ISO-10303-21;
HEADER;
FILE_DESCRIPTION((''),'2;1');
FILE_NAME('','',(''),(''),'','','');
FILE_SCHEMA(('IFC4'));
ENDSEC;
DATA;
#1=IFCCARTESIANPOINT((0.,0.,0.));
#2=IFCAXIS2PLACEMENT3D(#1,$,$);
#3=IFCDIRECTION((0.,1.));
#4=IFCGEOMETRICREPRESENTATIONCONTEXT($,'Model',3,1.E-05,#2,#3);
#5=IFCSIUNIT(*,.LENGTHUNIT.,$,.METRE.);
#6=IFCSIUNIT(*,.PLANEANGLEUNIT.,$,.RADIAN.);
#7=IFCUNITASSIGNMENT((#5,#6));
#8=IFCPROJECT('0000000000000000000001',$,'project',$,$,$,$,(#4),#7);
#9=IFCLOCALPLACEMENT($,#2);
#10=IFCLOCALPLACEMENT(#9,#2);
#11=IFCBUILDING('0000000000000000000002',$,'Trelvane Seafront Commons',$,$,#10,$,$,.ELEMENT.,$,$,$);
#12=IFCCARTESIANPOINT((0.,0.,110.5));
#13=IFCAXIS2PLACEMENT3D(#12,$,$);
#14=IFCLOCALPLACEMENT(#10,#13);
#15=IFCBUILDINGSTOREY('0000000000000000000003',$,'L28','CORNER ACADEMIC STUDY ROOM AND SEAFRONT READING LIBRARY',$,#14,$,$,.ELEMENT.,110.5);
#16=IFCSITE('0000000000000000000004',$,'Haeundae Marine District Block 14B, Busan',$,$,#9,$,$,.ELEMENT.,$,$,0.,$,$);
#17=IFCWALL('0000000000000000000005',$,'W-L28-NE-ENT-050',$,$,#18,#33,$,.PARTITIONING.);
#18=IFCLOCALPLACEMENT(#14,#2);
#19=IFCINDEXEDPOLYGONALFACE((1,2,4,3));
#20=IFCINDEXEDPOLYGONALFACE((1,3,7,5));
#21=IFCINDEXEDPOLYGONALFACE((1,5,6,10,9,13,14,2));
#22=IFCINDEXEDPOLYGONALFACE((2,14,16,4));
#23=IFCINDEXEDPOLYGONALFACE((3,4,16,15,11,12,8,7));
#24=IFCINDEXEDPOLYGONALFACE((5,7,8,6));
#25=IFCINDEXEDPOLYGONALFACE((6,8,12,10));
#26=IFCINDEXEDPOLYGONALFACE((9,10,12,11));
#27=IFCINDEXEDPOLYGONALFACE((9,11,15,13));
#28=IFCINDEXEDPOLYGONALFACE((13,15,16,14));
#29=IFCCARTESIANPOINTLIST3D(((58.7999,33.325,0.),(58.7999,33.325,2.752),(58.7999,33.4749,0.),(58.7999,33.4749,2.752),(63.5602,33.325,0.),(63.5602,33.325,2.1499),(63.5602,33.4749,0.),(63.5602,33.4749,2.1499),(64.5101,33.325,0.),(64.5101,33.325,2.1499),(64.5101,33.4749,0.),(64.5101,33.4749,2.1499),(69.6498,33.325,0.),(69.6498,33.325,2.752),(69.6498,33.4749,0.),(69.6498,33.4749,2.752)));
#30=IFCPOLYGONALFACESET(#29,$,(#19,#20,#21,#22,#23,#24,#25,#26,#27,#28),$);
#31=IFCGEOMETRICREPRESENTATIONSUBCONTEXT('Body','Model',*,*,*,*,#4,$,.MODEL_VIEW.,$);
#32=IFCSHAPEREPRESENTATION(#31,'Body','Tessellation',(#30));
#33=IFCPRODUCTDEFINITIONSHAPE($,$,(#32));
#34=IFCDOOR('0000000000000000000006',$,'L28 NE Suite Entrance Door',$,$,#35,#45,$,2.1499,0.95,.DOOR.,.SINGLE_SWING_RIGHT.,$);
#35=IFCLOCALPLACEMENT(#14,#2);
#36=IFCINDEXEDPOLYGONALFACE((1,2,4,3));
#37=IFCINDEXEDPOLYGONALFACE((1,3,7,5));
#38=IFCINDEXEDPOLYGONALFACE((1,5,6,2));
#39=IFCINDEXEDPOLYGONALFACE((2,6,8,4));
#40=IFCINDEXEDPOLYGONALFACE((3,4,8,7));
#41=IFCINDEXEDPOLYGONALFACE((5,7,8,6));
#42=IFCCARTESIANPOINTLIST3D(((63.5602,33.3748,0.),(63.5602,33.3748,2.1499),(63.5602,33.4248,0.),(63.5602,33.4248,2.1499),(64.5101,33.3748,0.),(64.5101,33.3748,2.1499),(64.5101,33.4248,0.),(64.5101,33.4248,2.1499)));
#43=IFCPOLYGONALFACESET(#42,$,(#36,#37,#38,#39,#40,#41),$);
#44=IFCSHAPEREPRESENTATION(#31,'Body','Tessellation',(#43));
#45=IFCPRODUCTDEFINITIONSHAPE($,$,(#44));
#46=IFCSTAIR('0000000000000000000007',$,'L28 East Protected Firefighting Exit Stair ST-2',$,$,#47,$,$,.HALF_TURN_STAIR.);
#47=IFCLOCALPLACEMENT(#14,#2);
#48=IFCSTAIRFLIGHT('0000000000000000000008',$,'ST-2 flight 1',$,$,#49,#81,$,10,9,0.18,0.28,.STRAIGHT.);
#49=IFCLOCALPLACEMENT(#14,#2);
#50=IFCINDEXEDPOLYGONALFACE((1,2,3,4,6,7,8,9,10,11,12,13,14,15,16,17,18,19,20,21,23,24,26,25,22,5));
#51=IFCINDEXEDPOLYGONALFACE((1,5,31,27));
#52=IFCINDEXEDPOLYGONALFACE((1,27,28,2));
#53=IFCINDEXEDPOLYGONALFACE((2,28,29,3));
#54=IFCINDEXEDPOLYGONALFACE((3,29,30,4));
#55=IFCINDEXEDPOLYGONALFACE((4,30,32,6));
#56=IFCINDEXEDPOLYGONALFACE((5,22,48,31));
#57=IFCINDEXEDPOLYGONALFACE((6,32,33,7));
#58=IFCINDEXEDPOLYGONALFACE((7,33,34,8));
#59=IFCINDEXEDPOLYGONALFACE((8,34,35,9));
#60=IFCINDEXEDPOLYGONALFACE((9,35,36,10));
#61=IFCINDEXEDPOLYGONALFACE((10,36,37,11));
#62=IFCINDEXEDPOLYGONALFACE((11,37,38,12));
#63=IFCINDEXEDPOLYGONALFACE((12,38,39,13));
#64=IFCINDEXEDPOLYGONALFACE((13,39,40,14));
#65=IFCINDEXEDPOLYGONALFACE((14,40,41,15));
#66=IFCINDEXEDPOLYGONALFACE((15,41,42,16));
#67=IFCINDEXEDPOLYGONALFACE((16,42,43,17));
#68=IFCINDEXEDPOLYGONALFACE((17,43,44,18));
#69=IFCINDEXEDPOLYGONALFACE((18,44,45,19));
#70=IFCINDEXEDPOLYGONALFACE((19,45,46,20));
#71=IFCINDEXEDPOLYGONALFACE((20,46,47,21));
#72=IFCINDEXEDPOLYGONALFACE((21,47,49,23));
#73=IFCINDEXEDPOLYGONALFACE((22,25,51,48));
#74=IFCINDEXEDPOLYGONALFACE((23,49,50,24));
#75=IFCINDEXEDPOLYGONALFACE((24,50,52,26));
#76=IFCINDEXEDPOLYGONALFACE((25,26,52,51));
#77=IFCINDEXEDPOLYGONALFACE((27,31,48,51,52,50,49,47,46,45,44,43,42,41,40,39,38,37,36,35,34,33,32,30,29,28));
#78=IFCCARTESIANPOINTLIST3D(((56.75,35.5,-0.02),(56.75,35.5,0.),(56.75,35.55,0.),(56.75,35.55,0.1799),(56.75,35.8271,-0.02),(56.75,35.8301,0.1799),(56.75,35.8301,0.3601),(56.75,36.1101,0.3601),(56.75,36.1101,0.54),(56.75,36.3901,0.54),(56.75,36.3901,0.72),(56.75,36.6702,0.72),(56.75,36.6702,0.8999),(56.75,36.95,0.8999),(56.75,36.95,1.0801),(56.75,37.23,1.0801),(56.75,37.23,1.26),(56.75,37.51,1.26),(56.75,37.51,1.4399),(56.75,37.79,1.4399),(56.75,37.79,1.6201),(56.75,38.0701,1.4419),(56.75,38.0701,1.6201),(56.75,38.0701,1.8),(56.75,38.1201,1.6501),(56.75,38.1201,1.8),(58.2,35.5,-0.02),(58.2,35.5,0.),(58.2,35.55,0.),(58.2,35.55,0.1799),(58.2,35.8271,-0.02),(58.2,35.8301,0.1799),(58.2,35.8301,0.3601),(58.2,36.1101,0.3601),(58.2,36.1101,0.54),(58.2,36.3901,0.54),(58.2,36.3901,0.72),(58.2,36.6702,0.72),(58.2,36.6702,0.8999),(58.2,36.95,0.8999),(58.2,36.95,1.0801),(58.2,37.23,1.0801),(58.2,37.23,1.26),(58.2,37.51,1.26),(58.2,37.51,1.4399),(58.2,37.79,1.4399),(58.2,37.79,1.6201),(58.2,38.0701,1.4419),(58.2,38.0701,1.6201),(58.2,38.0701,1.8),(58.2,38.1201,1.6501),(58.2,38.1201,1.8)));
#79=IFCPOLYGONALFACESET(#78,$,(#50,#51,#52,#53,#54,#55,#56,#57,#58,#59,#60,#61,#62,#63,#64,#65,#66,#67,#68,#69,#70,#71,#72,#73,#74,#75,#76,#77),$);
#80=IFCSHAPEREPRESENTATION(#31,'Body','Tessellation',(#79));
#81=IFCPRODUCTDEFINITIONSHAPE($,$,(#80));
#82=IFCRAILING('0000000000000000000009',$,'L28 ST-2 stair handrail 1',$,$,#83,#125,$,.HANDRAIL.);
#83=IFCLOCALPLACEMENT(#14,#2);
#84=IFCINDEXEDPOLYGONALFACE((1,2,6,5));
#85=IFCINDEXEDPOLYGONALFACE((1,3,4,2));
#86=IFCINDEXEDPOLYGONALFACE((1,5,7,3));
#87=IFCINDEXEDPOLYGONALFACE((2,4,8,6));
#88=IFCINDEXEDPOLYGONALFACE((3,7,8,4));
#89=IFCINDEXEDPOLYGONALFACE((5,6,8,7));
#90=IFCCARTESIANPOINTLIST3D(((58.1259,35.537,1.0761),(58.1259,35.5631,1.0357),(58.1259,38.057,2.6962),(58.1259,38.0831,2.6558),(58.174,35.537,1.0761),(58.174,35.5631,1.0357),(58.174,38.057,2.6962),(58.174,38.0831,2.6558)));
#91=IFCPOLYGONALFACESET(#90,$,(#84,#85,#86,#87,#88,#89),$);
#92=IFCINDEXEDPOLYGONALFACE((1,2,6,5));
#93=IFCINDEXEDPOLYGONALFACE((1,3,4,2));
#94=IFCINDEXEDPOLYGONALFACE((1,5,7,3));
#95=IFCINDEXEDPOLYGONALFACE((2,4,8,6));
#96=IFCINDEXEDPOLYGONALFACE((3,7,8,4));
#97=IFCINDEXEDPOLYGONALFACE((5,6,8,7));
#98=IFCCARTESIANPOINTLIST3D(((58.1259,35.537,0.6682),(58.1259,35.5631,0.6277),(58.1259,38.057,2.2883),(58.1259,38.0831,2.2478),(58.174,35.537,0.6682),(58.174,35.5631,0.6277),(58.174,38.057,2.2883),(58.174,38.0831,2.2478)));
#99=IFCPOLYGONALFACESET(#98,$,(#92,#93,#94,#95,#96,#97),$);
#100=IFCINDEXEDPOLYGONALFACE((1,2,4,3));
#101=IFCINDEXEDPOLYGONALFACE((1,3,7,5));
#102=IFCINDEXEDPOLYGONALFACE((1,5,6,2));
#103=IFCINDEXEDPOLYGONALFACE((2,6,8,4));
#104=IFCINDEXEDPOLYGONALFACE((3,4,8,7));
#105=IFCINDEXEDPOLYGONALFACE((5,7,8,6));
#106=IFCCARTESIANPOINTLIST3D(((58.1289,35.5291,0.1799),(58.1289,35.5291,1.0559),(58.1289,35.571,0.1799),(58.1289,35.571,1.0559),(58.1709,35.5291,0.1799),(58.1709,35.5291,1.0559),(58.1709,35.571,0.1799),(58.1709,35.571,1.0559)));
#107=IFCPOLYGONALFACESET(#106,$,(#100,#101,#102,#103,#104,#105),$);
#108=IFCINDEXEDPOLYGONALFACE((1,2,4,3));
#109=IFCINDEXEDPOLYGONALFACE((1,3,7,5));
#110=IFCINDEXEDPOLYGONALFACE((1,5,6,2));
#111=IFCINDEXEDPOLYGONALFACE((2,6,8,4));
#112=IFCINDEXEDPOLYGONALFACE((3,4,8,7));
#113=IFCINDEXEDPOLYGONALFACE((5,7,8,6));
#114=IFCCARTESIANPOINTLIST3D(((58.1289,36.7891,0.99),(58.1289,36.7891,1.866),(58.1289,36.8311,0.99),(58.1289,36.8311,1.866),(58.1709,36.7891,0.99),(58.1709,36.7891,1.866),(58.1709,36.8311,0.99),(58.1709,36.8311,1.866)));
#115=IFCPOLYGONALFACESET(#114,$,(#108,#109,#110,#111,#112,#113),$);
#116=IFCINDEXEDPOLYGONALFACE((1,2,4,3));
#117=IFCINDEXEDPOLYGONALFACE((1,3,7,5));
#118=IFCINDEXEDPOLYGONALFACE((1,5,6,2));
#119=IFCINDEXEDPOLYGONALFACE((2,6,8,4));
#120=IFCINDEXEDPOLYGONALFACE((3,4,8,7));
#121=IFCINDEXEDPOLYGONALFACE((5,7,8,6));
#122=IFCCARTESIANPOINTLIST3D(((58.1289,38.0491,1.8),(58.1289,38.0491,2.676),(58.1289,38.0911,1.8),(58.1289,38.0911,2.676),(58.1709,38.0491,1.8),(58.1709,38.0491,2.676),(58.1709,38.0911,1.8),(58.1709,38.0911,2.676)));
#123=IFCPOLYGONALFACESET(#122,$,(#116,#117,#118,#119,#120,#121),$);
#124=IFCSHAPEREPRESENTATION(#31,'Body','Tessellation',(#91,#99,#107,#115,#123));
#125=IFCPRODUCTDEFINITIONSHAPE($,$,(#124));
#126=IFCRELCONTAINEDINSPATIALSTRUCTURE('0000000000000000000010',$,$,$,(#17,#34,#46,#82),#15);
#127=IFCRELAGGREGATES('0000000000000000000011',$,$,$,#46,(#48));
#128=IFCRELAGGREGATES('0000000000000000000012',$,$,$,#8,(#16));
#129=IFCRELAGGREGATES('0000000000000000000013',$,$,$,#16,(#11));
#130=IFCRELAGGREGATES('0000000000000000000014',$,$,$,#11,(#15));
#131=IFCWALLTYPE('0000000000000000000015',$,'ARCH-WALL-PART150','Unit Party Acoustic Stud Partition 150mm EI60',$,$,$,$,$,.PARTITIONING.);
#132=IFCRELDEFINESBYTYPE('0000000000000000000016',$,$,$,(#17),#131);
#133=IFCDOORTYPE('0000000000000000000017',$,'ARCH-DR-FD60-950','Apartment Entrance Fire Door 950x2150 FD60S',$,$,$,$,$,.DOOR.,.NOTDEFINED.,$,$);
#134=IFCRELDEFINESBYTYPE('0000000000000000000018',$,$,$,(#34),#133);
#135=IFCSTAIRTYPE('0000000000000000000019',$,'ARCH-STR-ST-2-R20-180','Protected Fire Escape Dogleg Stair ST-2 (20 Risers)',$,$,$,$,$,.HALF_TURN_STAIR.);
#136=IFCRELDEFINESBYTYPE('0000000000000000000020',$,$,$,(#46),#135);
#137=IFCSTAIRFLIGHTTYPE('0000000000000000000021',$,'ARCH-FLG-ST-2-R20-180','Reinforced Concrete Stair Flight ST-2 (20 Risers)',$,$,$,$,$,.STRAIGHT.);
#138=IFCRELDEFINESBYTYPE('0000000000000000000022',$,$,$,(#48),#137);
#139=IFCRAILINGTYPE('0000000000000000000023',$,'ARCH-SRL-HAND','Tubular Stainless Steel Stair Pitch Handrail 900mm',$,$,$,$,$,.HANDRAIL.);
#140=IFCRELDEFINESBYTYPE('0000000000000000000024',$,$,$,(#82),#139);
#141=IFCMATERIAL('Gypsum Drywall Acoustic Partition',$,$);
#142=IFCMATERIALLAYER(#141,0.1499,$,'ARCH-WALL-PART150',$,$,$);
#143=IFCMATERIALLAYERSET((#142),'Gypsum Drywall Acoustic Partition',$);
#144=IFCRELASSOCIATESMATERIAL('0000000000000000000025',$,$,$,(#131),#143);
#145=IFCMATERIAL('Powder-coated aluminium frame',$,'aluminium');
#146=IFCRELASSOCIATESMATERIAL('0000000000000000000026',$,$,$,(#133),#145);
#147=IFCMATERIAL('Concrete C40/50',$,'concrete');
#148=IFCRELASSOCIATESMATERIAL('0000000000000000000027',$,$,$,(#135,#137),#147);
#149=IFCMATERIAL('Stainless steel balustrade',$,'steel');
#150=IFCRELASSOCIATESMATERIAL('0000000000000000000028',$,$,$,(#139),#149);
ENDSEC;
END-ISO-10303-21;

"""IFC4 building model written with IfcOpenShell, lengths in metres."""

from ifc_helpers import new_model, si_unit, direction, frame, frame_2d, origin, origin_2d, place, context, subcontext, project, spatial, polyline, rectangle, outline, extrude, source, transform, mapped, material, layer, layer_set, type_object, element, fill, aggregate, save


model = new_model("IFC4")

# Units and contexts
model_context = context("Model", 3, precision=1e-05, world=origin(), true_north=direction((0.0, 1.0)))
body_context = subcontext(model_context, "Body", "Model", "MODEL_VIEW")
ifc_project = project(units=[si_unit("LENGTHUNIT", "METRE"), si_unit("PLANEANGLEUNIT", "RADIAN")], contexts=[model_context])

# Site, building, storey
site_placement = place(None, origin())
site = spatial("IfcSite", under=ifc_project, at=site_placement, Name="Haeundae Marine District Block 14B, Busan", CompositionType="ELEMENT", RefElevation=0.0)
building_placement = place(site_placement, origin())
building = spatial("IfcBuilding", under=site, at=building_placement, Name="Trelvane Seafront Commons", CompositionType="ELEMENT")
storey_placement = place(building_placement, frame((0.0, 0.0, 110.5)))
storey = spatial("IfcBuildingStorey", under=building, at=storey_placement, Name="L28", Description="CORNER ACADEMIC STUDY ROOM AND SEAFRONT READING LIBRARY", CompositionType="ELEMENT", Elevation=110.5)

# Wall, opening, door
ifc_material_1 = material(Name="Gypsum Drywall Acoustic Partition")
ifc_layer = layer(ifc_material_1, 0.1499, Name="ARCH-WALL-PART150")
ifc_layer_set = layer_set([ifc_layer], Name="Gypsum Drywall Acoustic Partition")
wall_type = type_object("IfcWallType", Name="ARCH-WALL-PART150", Description="Unit Party Acoustic Stud Partition 150mm EI60", PredefinedType="PARTITIONING", material=ifc_layer_set)
wall_1_placement = place(storey_placement, frame((58.8, 33.3999, 0.0), z_axis=(0.0, 0.0, 1.0), x_axis=(1.0, 0.0, 0.0)))
wall_1 = element("IfcWall", 1, at=wall_1_placement, inside=storey, type_object=wall_type, Name="W-L28-NE-ENT-050", PredefinedType="PARTITIONING", context=body_context, shape_type="SweptSolid", body=[
    extrude(rectangle(XDim=10.8499, YDim=0.1499, at=frame_2d((5.4248, 0.0))), origin(), (0.0, 0.0, 1.0), 2.752),
])
opening_1_placement = place(wall_1_placement, frame((4.76, 0.0, 0.0)))
opening_1 = element("IfcOpeningElement", 2, at=opening_1_placement, cuts=wall_1, PredefinedType="OPENING", context=body_context, shape_type="SweptSolid", body=[
    extrude(rectangle(XDim=0.95, YDim=2.1499, at=frame_2d((0.4751, 1.075))), frame((0.0, 0.085, 0.0), z_axis=(0.0, -1.0, 0.0), x_axis=(1.0, 0.0, 0.0)), (0.0, 0.0, 1.0), 0.1699),
])
ifc_material_2 = material(Name="Powder-coated aluminium frame", Category="aluminium")
door_type = type_object("IfcDoorType", Name="ARCH-DR-FD60-950", Description="Apartment Entrance Fire Door 950x2150 FD60S", OperationType="NOTDEFINED", PredefinedType="DOOR", material=ifc_material_2)
shared_shape_1 = source(origin(), body_context, "Body", "SweptSolid", [
    extrude(rectangle(XDim=0.95, YDim=2.1499, at=frame_2d((0.4751, 1.075))), frame((0.0, 0.0249, 0.0), z_axis=(0.0, -1.0, 0.0), x_axis=(1.0, 0.0, 0.0)), (0.0, 0.0, 1.0), 0.05),
])
door_1_placement = place(opening_1_placement, origin())
door_1 = element("IfcDoor", 3, at=door_1_placement, inside=storey, type_object=door_type, Name="L28 NE Suite Entrance Door", OperationType="SINGLE_SWING_RIGHT", OverallHeight=2.1499, OverallWidth=0.95, PredefinedType="DOOR", context=body_context, shape_type="MappedRepresentation", body=[
    mapped(shared_shape_1, transform((0.0, 0.0, 0.0), x_axis=(1.0, 0.0, 0.0), y_axis=(0.0, 1.0, 0.0), z_axis=(0.0, 0.0, 1.0), scale=1.0)),
])
fill(opening_1, door_1)

# Stair, stair flight
ifc_material_3 = material(Name="Concrete C40/50", Category="concrete")
stair_type = type_object("IfcStairType", Name="ARCH-STR-ST-2-R20-180", Description="Protected Fire Escape Dogleg Stair ST-2 (20 Risers)", PredefinedType="HALF_TURN_STAIR", material=ifc_material_3)
stair_placement = place(storey_placement, origin())
stair = element("IfcStair", 4, at=stair_placement, inside=storey, type_object=stair_type, Name="L28 East Protected Firefighting Exit Stair ST-2", PredefinedType="HALF_TURN_STAIR")
stair_flight_type = type_object("IfcStairFlightType", Name="ARCH-FLG-ST-2-R20-180", Description="Reinforced Concrete Stair Flight ST-2 (20 Risers)", PredefinedType="STRAIGHT", material=ifc_material_3)
shared_shape_2 = source(origin(), body_context, "Body", "SweptSolid", [
    extrude(outline(polyline([(-0.05, -0.02), (-0.05, 0.0), (0.0, 0.0), (0.0, 0.1799), (0.28, 0.1799), (0.28, 0.3601), (0.5601, 0.3601), (0.5601, 0.54), (0.8401, 0.54), (0.8401, 0.72), (1.1201, 0.72), (1.1201, 0.8999), (1.3999, 0.8999), (1.3999, 1.0801), (1.6799, 1.0801), (1.6799, 1.26), (1.96, 1.26), (1.96, 1.4399), (2.24, 1.4399), (2.24, 1.6201), (2.52, 1.6201), (2.52, 1.8), (2.5701, 1.8), (2.5701, 1.6501), (2.52, 1.4419), (0.2771, -0.02), (-0.05, -0.02)])), frame((0.0, 0.7251, 0.0), z_axis=(0.0, -1.0, 0.0), x_axis=(1.0, 0.0, 0.0)), (0.0, 0.0, 1.0), 1.45),
])
stair_flight_placement = place(storey_placement, frame((57.4751, 35.55, 0.0), z_axis=(0.0, 0.0, 1.0), x_axis=(0.0, 1.0, 0.0)))
stair_flight = element("IfcStairFlight", 5, at=stair_flight_placement, type_object=stair_flight_type, Name="ST-2 flight 1", NumberOfRisers=10, NumberOfTreads=9, PredefinedType="STRAIGHT", RiserHeight=0.18, TreadLength=0.28, context=body_context, shape_type="MappedRepresentation", body=[
    mapped(shared_shape_2, transform((0.0, 0.0, 0.0), x_axis=(1.0, 0.0, 0.0), y_axis=(0.0, 1.0, 0.0), z_axis=(0.0, 0.0, 1.0), scale=1.0)),
])
aggregate(stair, [stair_flight])

# Railing
ifc_material_4 = material(Name="Stainless steel balustrade", Category="steel")
railing_type = type_object("IfcRailingType", Name="ARCH-SRL-HAND", Description="Tubular Stainless Steel Stair Pitch Handrail 900mm", PredefinedType="HANDRAIL", material=ifc_material_4)
railing_placement = place(storey_placement, frame((58.1499, 35.55, 0.1799)))
element("IfcRailing", 6, at=railing_placement, inside=storey, type_object=railing_type, Name="L28 ST-2 stair handrail 1", PredefinedType="HANDRAIL", context=body_context, shape_type="SweptSolid", body=[
    extrude(rectangle(XDim=0.0481, YDim=0.0481, at=origin_2d()), frame((0.0, 0.0, 0.876), z_axis=(0.0, 0.841163, 0.540782), x_axis=(-1.0, 0.0, 0.0)), (0.0, 0.0, 1.0), 2.9958),
    extrude(rectangle(XDim=0.0481, YDim=0.0481, at=origin_2d()), frame((0.0, 0.0, 0.468), z_axis=(0.0, 0.841163, 0.540782), x_axis=(-1.0, 0.0, 0.0)), (0.0, 0.0, 1.0), 2.9958),
    extrude(rectangle(XDim=0.042, YDim=0.042, at=origin_2d()), origin(), (0.0, 0.0, 1.0), 0.876),
    extrude(rectangle(XDim=0.042, YDim=0.042, at=origin_2d()), frame((0.0, 1.26, 0.8101)), (0.0, 0.0, 1.0), 0.876),
    extrude(rectangle(XDim=0.042, YDim=0.042, at=origin_2d()), frame((0.0, 2.52, 1.6201)), (0.0, 0.0, 1.0), 0.876),
])

save(model, "model.ifc")
